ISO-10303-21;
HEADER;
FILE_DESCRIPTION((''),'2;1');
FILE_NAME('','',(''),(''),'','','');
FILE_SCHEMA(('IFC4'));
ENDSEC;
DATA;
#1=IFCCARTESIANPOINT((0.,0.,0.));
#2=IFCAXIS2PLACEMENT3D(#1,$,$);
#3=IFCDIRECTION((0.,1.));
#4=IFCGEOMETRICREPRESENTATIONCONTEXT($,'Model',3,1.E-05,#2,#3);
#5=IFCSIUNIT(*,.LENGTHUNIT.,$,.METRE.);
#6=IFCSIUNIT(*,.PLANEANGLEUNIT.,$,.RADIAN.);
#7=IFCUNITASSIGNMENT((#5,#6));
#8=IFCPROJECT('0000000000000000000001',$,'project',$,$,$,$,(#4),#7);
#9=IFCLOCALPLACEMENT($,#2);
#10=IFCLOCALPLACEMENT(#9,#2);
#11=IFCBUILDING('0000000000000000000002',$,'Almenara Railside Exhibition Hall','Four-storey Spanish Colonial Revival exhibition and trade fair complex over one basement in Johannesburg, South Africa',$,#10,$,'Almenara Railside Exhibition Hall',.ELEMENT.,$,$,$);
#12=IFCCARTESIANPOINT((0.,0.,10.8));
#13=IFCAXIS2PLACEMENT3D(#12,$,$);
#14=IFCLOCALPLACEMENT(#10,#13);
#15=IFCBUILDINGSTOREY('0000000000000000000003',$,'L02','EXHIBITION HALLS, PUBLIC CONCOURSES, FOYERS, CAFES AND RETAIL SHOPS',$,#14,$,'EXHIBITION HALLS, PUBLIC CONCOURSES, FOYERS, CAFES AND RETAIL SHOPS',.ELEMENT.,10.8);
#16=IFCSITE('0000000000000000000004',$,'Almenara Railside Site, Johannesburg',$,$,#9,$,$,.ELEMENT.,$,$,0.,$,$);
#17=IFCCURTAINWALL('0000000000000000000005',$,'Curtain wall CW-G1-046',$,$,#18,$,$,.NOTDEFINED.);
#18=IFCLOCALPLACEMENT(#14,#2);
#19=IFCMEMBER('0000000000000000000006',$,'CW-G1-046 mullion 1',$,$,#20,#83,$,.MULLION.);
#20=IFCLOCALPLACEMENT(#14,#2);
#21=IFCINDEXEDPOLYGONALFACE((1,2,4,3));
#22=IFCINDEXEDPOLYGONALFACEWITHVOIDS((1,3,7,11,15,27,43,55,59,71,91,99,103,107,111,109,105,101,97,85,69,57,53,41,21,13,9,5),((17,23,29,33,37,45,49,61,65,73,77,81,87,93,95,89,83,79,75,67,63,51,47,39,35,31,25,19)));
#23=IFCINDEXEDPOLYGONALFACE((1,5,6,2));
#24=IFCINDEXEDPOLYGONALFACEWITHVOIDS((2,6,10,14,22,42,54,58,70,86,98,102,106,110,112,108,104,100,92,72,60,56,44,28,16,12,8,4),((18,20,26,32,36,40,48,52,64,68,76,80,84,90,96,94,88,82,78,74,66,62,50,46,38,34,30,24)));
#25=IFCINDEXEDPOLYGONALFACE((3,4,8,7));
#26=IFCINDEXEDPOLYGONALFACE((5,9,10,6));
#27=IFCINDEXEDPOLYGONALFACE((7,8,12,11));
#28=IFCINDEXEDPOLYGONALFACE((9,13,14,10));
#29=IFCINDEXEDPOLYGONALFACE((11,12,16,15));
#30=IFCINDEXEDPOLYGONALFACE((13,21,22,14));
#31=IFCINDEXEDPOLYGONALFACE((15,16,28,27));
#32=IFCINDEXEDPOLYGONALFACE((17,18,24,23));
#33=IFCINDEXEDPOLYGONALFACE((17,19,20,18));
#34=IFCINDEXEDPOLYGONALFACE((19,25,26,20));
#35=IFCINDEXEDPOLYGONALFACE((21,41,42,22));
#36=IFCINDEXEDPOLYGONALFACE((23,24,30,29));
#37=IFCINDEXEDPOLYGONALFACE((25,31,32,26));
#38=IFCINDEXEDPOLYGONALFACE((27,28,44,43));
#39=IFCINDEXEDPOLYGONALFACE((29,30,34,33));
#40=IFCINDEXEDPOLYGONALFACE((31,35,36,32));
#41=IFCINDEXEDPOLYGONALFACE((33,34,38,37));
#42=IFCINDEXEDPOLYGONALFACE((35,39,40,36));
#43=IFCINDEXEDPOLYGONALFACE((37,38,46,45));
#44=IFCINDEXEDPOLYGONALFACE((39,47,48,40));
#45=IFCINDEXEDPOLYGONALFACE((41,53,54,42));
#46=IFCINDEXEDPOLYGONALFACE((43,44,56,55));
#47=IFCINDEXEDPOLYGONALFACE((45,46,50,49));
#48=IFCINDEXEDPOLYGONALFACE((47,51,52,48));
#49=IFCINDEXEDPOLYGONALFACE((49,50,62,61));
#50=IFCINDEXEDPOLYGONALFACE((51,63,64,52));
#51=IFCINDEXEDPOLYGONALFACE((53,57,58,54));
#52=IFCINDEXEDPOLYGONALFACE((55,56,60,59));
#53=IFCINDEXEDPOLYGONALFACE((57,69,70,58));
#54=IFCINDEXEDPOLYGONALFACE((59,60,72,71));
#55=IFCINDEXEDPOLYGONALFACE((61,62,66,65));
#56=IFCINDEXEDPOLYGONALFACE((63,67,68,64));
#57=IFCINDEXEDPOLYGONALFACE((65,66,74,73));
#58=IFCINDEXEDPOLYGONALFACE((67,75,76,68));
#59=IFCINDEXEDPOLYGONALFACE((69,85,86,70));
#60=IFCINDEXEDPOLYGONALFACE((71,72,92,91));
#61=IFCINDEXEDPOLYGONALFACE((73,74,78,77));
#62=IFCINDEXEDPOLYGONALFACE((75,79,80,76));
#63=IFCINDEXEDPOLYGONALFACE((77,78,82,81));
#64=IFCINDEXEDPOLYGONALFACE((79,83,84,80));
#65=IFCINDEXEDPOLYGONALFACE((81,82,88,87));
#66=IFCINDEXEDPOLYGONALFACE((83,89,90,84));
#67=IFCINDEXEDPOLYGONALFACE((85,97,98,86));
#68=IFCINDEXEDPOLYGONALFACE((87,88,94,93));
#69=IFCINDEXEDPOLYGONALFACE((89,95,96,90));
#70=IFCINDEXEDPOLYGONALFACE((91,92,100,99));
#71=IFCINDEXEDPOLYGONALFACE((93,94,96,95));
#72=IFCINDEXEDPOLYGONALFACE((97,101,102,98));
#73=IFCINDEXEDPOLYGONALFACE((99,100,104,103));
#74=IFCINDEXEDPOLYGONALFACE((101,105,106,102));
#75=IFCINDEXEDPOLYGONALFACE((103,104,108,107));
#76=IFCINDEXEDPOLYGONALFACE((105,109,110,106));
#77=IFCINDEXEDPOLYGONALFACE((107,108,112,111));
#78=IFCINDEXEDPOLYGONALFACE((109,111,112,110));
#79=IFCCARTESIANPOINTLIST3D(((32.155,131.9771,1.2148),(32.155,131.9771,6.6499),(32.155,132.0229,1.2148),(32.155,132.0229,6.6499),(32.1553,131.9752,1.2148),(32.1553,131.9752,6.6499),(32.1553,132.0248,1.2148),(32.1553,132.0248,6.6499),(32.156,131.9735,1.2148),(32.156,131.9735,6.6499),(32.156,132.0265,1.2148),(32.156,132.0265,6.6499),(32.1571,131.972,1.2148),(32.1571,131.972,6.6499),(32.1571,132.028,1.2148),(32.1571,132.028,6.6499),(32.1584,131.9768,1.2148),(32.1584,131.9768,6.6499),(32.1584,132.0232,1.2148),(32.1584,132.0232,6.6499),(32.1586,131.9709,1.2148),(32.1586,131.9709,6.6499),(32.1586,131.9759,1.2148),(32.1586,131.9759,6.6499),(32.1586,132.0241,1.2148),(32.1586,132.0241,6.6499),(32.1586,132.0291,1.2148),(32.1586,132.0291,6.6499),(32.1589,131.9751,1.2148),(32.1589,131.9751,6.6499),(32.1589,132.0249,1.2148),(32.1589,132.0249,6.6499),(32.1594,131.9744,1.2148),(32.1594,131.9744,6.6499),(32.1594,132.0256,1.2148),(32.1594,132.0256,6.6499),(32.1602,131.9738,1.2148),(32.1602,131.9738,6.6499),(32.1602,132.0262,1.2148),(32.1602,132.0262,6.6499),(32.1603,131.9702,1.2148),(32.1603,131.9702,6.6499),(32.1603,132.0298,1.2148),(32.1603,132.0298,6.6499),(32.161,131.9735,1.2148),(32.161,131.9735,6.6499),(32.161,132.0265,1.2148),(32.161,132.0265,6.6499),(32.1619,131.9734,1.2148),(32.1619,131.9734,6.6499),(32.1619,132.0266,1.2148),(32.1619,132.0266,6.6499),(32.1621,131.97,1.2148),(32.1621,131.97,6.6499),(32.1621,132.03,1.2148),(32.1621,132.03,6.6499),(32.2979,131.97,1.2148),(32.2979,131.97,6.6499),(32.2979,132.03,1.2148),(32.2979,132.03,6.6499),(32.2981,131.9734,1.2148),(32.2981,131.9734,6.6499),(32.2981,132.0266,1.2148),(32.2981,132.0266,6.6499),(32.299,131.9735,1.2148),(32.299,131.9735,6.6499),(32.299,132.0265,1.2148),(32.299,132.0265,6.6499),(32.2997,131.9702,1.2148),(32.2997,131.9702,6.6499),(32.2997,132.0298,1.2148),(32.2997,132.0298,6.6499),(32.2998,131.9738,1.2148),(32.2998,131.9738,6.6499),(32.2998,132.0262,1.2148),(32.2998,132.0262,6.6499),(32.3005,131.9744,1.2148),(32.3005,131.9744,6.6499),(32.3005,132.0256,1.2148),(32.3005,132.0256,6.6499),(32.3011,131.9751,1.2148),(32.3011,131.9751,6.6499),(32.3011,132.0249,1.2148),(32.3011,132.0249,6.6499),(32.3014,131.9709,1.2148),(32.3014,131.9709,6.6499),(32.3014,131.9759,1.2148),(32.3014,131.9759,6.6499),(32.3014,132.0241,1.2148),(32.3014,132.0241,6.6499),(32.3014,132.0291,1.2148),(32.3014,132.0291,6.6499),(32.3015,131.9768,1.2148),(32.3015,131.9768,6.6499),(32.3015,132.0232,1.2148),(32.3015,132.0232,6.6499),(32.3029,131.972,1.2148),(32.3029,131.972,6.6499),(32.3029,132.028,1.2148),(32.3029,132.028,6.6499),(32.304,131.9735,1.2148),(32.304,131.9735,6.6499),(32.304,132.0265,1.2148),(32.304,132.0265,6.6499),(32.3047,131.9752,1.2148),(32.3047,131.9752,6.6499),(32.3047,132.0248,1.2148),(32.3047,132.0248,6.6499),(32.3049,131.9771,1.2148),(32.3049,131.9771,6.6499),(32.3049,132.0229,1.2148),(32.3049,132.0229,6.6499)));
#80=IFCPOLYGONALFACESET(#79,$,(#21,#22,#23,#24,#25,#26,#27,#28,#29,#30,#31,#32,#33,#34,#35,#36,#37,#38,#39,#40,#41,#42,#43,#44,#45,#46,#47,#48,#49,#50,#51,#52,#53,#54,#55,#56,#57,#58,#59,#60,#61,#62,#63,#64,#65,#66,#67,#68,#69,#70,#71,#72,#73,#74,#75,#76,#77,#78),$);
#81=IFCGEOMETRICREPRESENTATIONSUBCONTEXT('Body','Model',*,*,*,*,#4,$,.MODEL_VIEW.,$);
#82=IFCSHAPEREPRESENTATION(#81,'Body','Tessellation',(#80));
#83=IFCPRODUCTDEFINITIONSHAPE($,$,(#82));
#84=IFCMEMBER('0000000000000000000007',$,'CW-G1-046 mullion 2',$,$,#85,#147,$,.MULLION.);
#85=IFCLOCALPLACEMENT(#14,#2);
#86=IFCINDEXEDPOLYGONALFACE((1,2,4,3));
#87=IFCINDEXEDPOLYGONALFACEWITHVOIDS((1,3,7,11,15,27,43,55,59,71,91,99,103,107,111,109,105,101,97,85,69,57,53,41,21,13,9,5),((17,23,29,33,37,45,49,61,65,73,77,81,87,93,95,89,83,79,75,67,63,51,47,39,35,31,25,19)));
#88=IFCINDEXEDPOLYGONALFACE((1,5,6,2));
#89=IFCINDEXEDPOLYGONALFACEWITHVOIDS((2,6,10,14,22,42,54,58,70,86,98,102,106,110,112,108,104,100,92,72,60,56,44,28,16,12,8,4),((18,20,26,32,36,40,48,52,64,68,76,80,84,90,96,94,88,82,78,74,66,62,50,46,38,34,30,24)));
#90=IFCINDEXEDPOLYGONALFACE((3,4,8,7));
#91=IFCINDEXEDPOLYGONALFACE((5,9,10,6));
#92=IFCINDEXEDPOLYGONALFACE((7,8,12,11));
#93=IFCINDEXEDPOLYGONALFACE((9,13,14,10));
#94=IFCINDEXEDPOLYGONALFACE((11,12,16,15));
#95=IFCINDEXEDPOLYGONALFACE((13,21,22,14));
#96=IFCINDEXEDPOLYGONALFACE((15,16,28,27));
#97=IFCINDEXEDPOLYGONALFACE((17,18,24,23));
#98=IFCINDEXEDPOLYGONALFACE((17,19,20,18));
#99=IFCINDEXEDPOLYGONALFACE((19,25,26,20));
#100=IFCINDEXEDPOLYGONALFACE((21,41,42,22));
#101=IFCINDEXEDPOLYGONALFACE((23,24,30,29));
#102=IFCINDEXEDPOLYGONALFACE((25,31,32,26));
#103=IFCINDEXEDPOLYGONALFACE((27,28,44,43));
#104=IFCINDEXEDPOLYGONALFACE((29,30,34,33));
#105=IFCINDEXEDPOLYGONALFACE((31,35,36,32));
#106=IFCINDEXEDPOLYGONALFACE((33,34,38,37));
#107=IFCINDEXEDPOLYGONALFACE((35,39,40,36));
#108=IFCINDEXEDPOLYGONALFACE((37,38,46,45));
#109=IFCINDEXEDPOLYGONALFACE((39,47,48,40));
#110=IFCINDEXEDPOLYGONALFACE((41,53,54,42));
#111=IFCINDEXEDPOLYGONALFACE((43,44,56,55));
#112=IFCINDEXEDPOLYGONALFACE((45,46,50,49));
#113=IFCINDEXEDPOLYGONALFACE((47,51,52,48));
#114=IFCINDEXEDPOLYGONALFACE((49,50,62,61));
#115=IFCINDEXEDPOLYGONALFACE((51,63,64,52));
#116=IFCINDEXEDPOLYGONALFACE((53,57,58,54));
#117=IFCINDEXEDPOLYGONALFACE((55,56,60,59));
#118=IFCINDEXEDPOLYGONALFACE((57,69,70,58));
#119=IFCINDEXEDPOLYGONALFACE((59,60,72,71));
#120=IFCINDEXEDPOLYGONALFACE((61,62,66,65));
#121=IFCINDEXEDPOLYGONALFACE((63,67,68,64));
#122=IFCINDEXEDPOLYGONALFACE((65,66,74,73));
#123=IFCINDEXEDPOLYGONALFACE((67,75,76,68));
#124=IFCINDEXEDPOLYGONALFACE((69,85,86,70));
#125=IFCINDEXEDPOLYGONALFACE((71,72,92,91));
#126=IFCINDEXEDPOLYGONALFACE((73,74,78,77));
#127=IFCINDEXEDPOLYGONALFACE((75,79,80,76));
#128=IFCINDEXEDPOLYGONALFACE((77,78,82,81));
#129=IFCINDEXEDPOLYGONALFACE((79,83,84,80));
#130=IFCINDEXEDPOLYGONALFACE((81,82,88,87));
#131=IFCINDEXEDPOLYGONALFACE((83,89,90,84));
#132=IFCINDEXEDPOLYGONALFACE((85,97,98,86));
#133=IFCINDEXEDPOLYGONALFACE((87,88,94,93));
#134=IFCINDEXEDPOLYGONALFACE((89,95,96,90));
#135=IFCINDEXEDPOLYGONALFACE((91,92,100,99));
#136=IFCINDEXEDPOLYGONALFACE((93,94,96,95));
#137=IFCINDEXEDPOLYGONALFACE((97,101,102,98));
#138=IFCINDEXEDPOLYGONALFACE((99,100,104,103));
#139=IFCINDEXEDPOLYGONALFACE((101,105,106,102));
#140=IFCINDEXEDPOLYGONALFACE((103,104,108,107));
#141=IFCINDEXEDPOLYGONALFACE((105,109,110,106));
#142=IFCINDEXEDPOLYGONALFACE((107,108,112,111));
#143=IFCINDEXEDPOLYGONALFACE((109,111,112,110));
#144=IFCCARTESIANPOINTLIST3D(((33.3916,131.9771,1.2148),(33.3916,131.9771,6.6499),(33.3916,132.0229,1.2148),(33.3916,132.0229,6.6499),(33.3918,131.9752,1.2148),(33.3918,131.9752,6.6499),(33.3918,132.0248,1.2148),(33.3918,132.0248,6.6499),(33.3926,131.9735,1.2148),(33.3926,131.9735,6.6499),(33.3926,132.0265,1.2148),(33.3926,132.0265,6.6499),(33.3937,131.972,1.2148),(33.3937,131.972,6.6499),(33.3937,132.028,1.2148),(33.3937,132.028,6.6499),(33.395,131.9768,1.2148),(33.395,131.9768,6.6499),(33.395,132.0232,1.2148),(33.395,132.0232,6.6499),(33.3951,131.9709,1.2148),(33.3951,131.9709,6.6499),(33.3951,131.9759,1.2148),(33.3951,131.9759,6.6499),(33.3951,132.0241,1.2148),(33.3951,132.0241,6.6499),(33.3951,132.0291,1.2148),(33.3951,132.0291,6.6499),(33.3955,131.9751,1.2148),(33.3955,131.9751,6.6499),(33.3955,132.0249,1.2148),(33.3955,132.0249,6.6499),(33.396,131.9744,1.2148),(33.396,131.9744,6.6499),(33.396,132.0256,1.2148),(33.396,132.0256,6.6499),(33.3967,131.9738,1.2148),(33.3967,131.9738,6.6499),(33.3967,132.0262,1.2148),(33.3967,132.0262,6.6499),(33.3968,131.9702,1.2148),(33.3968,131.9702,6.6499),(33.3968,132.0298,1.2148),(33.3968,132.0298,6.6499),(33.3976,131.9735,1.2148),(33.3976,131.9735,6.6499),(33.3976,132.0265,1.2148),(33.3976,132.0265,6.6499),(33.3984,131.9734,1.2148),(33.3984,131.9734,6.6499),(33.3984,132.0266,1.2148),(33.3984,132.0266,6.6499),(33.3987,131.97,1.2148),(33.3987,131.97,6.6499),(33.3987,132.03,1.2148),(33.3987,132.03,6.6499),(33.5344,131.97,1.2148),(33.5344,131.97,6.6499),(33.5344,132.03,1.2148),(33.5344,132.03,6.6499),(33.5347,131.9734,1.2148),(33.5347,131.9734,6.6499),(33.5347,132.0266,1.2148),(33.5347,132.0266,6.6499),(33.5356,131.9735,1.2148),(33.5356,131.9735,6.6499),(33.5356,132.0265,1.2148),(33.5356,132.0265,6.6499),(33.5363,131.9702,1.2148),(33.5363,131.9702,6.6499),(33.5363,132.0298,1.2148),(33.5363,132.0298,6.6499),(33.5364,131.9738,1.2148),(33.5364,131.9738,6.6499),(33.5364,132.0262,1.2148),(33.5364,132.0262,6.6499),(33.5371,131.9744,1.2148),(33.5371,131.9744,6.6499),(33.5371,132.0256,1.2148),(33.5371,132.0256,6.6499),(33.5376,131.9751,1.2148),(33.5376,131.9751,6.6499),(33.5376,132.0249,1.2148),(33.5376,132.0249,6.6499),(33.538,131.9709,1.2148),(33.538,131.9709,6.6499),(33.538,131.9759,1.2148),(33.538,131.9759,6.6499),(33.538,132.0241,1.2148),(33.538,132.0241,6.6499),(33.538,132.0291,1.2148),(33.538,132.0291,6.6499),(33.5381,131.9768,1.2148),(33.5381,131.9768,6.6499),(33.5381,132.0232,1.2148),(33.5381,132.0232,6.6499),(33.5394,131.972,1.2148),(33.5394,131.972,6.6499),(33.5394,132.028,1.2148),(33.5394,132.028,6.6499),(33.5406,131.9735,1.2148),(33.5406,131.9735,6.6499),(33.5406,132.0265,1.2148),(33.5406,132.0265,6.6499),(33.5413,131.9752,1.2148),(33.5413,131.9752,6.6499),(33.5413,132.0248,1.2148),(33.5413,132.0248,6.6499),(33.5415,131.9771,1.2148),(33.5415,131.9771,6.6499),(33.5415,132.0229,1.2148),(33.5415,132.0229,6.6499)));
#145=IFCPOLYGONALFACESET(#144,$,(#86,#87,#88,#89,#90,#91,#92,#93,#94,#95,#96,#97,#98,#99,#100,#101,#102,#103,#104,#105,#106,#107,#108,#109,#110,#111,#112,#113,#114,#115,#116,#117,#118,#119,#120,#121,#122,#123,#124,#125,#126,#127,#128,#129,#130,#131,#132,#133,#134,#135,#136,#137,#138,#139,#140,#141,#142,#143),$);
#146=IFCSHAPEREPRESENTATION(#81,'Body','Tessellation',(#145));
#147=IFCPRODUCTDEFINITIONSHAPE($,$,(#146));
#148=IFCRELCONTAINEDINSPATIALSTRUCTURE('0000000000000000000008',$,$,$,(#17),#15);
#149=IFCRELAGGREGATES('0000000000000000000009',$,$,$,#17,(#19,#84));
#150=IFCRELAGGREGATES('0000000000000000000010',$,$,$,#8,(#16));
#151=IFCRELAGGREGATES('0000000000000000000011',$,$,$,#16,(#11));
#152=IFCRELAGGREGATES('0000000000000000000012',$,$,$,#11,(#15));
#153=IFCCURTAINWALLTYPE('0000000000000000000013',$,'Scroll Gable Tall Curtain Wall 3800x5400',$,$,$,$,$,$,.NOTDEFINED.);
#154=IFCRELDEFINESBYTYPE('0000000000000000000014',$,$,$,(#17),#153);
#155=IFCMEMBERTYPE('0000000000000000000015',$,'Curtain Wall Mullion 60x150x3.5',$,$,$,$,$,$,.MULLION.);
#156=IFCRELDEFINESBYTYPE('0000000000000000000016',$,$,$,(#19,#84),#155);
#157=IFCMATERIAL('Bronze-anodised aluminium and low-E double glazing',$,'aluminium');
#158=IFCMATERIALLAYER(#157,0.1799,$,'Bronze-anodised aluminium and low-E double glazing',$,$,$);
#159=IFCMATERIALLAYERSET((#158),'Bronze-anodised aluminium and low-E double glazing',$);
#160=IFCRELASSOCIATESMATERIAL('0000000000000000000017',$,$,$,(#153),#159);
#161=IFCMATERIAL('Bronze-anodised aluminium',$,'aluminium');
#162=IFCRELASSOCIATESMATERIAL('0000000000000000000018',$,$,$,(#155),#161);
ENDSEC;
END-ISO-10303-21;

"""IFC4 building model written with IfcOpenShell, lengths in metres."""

from ifc_helpers import new_model, si_unit, direction, frame, origin, origin_2d, place, context, subcontext, project, spatial, hollow_rectangle, extrude, material, layer, layer_set, material_profile, profile_set, type_object, element, aggregate, save


model = new_model("IFC4")

# Units and contexts
model_context = context("Model", 3, precision=1e-05, world=origin(), true_north=direction((0.0, 1.0)))
body_context = subcontext(model_context, "Body", "Model", "MODEL_VIEW")
ifc_project = project(units=[si_unit("LENGTHUNIT", "METRE"), si_unit("PLANEANGLEUNIT", "RADIAN")], contexts=[model_context])

# Site, building, storey
site_placement = place(None, origin())
site = spatial("IfcSite", under=ifc_project, at=site_placement, Name="Almenara Railside Site, Johannesburg", CompositionType="ELEMENT", RefElevation=0.0)
building_placement = place(site_placement, origin())
building = spatial("IfcBuilding", under=site, at=building_placement, Name="Almenara Railside Exhibition Hall", Description="Four-storey Spanish Colonial Revival exhibition and trade fair complex over one basement in Johannesburg, South Africa", LongName="Almenara Railside Exhibition Hall", CompositionType="ELEMENT")
storey_placement = place(building_placement, frame((0.0, 0.0, 10.8)))
storey = spatial("IfcBuildingStorey", under=building, at=storey_placement, Name="L02", Description="EXHIBITION HALLS, PUBLIC CONCOURSES, FOYERS, CAFES AND RETAIL SHOPS", LongName="EXHIBITION HALLS, PUBLIC CONCOURSES, FOYERS, CAFES AND RETAIL SHOPS", CompositionType="ELEMENT", Elevation=10.8)

# Curtain wall, members
ifc_material_1 = material(Name="Bronze-anodised aluminium and low-E double glazing", Category="aluminium")
ifc_layer_1 = layer(ifc_material_1, 0.1799, Name="Bronze-anodised aluminium and low-E double glazing")
ifc_layer_set_1 = layer_set([ifc_layer_1], Name="Bronze-anodised aluminium and low-E double glazing")
curtain_wall_type_1 = type_object("IfcCurtainWallType", Name="Scroll Gable Tall Curtain Wall 3800x5400", PredefinedType="NOTDEFINED", material=ifc_layer_set_1)
ifc_material_2 = material(Name="Bronze-anodised aluminium", Category="aluminium")
curtain_wall_1_placement = place(storey_placement, origin())
curtain_wall_1 = element("IfcCurtainWall", 1, at=curtain_wall_1_placement, inside=storey, type_object=curtain_wall_type_1, Name="Curtain wall CW-G1-046", PredefinedType="NOTDEFINED")
ifc_material_profile_1 = material_profile(ifc_material_2, hollow_rectangle(XDim=0.0601, YDim=0.1499, WallThickness=0.0034, InnerFilletRadius=0.0034, OuterFilletRadius=0.0071, at=origin_2d()), Name="ALU-MUL 60x150x3.5")
ifc_profile_set_1 = profile_set([ifc_material_profile_1], Name="Bronze-anodised aluminium")
member_type_1 = type_object("IfcMemberType", Name="Curtain Wall Mullion 60x150x3.5", PredefinedType="MULLION", material=ifc_profile_set_1)
member_1_placement = place(storey_placement, frame((32.23, 132.0, 1.2148), z_axis=(0.0, 0.0, 1.0), x_axis=(0.0, 1.0, 0.0)))
member_1 = element("IfcMember", 2, at=member_1_placement, type_object=member_type_1, Name="CW-G1-046 mullion 1", PredefinedType="MULLION", context=body_context, shape_type="SweptSolid", body=[
    extrude(hollow_rectangle(XDim=0.0601, YDim=0.1499, WallThickness=0.0034, InnerFilletRadius=0.0034, OuterFilletRadius=0.0071, at=origin_2d()), origin(), (0.0, 0.0, 1.0), 5.4351),
])
member_2_placement = place(storey_placement, frame((33.4666, 132.0, 1.2148), z_axis=(0.0, 0.0, 1.0), x_axis=(0.0, 1.0, 0.0)))
member_2 = element("IfcMember", 3, at=member_2_placement, type_object=member_type_1, Name="CW-G1-046 mullion 2", PredefinedType="MULLION", context=body_context, shape_type="SweptSolid", body=[
    extrude(hollow_rectangle(XDim=0.0601, YDim=0.1499, WallThickness=0.0034, InnerFilletRadius=0.0034, OuterFilletRadius=0.0071, at=origin_2d()), origin(), (0.0, 0.0, 1.0), 5.4351),
])

aggregate(curtain_wall_1, [member_1, member_2])

save(model, "model.ifc")
